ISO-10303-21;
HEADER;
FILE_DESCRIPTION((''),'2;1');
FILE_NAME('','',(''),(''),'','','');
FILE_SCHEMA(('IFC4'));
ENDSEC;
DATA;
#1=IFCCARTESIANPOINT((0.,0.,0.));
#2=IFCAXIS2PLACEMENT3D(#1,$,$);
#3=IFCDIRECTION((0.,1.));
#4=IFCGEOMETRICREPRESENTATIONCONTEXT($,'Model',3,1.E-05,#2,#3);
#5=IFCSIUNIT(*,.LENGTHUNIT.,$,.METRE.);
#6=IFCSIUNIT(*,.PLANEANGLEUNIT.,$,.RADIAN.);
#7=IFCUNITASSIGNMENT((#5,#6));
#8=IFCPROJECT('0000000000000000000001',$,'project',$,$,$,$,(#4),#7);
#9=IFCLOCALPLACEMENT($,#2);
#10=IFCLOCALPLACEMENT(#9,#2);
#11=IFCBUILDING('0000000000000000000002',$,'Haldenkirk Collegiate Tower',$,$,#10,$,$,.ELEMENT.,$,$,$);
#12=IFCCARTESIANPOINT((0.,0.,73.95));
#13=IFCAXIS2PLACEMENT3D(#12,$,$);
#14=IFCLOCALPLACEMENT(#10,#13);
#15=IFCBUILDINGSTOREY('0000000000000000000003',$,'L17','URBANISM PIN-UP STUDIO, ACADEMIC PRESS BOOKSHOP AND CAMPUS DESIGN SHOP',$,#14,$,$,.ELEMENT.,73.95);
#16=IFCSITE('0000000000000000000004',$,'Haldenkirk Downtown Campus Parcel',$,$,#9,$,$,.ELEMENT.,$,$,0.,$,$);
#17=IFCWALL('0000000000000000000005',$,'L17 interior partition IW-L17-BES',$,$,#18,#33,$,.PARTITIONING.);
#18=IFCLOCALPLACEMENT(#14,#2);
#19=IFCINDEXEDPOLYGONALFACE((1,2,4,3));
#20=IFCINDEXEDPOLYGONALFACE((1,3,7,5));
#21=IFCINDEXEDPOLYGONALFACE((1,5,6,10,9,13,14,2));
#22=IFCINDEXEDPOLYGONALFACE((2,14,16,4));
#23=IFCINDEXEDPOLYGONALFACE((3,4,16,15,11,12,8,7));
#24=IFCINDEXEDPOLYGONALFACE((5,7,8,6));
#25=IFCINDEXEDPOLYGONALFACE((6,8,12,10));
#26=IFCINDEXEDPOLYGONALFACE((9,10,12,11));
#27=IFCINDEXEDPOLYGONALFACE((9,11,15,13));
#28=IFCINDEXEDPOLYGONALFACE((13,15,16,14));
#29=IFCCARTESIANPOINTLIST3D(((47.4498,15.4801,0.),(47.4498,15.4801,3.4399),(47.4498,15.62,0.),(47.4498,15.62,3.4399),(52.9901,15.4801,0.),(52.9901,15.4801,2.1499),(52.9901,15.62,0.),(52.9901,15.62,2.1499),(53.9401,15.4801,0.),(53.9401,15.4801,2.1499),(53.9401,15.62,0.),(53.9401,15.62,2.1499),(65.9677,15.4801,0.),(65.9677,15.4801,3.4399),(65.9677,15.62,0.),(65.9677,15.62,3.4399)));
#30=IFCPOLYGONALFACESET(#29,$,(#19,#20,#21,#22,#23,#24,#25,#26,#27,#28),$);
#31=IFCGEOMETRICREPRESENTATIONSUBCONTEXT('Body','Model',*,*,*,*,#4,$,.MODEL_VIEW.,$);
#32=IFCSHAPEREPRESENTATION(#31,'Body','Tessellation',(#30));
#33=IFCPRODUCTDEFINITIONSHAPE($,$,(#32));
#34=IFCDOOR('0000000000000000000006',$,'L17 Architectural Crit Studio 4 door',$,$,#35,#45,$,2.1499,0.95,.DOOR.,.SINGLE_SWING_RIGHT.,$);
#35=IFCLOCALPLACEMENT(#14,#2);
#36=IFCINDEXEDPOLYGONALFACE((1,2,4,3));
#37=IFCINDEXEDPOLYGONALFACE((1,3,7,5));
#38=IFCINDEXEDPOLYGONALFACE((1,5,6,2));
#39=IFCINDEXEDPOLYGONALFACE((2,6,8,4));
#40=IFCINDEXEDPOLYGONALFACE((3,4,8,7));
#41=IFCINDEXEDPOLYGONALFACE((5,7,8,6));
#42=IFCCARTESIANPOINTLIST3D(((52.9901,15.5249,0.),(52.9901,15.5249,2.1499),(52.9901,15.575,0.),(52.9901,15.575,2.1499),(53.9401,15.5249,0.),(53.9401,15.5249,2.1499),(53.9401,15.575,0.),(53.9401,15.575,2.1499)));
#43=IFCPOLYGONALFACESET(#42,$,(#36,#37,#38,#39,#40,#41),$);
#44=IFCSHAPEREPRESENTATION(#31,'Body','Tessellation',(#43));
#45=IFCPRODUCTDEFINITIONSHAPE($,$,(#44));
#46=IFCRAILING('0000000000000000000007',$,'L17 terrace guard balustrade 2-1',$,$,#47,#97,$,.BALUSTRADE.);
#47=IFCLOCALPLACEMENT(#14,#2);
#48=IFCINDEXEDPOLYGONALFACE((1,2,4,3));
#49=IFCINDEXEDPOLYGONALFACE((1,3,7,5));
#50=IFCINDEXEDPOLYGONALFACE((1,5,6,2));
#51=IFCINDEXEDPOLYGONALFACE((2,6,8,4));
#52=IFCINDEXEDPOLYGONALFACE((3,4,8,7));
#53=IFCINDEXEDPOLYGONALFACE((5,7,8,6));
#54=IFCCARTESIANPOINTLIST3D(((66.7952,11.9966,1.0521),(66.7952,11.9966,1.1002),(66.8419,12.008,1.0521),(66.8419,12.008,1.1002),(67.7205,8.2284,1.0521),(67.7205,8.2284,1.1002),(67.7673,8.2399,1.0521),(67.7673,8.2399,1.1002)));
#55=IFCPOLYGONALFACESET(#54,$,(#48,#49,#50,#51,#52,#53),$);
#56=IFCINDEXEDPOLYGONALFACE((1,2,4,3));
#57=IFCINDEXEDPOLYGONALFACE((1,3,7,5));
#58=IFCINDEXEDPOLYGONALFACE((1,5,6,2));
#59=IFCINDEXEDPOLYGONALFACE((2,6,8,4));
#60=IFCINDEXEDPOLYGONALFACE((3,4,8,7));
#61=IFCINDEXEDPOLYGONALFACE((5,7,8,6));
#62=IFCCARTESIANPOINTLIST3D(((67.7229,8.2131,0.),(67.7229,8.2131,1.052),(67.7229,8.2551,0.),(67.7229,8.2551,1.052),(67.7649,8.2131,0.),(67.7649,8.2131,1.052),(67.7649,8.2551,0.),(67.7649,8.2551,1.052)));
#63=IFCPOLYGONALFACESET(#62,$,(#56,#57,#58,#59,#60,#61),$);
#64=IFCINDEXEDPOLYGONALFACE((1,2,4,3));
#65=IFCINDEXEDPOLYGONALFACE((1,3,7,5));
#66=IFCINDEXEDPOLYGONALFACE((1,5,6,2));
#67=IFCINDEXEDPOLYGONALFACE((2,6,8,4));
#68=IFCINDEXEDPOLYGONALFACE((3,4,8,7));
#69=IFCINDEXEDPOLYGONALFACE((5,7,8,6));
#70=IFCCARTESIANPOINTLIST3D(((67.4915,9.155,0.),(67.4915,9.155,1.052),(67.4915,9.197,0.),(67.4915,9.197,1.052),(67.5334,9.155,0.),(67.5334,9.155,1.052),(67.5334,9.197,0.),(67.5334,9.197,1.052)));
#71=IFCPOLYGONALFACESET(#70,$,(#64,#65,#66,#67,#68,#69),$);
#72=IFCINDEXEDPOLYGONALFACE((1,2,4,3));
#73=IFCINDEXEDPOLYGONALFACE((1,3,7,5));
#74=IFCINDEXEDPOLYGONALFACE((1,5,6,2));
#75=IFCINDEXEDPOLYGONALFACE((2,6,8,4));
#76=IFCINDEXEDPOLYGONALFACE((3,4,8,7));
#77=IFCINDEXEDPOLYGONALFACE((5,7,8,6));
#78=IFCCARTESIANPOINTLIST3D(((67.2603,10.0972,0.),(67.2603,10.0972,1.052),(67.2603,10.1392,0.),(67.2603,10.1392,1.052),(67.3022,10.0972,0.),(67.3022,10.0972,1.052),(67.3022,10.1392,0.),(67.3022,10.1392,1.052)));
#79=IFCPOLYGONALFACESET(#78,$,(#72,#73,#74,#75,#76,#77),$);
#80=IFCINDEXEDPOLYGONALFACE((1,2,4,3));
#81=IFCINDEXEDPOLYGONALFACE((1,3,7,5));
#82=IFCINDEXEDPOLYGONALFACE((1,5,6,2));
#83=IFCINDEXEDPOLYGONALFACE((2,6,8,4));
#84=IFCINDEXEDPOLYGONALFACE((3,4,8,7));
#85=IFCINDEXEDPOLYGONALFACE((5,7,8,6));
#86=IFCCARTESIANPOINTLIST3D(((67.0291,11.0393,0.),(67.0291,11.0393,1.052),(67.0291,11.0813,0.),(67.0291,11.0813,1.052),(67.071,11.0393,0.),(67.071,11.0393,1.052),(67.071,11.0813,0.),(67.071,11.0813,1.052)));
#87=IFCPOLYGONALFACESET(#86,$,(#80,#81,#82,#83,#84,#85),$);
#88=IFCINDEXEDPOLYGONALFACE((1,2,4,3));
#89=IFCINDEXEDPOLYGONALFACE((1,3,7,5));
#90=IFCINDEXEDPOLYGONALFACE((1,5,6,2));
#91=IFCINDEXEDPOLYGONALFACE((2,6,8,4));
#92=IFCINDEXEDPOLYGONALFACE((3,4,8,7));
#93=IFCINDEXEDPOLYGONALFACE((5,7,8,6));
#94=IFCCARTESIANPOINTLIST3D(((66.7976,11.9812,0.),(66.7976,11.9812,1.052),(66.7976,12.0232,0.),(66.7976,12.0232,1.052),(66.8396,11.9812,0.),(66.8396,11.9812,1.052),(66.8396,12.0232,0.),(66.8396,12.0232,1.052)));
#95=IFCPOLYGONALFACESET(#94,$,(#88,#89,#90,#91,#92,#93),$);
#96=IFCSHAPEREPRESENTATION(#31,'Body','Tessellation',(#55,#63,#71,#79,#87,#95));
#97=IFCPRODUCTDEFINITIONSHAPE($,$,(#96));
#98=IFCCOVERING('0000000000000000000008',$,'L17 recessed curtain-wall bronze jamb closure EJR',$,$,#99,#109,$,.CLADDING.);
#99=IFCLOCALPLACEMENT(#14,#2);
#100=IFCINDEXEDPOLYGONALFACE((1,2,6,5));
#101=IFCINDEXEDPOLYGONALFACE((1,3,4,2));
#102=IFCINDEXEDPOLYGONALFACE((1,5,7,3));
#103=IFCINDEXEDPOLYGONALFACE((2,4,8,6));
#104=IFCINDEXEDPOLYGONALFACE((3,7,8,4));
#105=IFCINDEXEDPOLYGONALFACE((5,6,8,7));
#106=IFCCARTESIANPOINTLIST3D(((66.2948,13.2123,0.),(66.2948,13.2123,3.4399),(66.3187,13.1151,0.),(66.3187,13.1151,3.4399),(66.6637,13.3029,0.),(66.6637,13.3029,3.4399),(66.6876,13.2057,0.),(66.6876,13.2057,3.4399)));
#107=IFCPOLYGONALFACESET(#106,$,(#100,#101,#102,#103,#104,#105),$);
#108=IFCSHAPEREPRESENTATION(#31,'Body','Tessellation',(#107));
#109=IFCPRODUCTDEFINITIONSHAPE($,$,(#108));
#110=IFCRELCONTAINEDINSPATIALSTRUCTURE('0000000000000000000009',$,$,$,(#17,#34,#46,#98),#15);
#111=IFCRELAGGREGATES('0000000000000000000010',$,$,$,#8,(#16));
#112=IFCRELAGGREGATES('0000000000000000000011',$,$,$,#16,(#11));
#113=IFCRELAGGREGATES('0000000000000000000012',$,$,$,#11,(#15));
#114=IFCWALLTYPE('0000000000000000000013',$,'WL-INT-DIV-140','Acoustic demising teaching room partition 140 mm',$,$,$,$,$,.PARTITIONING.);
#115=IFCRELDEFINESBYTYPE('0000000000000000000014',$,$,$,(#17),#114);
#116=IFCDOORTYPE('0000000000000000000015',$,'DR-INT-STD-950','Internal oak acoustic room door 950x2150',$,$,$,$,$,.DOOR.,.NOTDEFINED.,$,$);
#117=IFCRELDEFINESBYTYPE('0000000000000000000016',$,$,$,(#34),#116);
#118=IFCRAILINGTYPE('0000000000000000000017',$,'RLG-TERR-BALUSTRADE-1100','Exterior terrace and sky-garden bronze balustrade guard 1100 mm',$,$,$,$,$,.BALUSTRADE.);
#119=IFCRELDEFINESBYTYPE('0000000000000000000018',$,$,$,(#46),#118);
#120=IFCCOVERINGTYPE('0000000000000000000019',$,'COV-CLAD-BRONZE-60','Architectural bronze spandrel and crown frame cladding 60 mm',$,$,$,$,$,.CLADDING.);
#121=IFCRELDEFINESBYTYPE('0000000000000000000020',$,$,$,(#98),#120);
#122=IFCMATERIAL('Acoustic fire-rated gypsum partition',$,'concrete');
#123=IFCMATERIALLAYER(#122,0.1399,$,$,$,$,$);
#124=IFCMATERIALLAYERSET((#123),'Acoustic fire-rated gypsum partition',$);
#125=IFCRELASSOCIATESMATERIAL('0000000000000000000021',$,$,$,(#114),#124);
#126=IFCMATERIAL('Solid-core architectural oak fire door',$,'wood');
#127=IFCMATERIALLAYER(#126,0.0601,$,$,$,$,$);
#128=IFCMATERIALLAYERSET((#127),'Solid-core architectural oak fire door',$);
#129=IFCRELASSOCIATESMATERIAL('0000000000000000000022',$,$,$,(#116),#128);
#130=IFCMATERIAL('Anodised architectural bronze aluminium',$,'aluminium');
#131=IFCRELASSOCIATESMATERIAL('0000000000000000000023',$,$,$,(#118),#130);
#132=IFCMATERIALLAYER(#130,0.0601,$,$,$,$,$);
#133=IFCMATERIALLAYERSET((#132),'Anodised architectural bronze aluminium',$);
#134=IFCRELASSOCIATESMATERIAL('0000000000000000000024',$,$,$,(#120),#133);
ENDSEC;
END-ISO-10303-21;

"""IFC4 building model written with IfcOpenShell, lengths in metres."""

from ifc_helpers import new_model, si_unit, direction, frame, frame_2d, origin, origin_2d, place, context, subcontext, project, spatial, rectangle, extrude, source, transform, mapped, material, layer, layer_set, type_object, element, fill, save


model = new_model("IFC4")

# Units and contexts
model_context = context("Model", 3, precision=1e-05, world=origin(), true_north=direction((0.0, 1.0)))
body_context = subcontext(model_context, "Body", "Model", "MODEL_VIEW")
ifc_project = project(units=[si_unit("LENGTHUNIT", "METRE"), si_unit("PLANEANGLEUNIT", "RADIAN")], contexts=[model_context])

# Site, building, storey
site_placement = place(None, origin())
site = spatial("IfcSite", under=ifc_project, at=site_placement, Name="Haldenkirk Downtown Campus Parcel", CompositionType="ELEMENT", RefElevation=0.0)
building_placement = place(site_placement, origin())
building = spatial("IfcBuilding", under=site, at=building_placement, Name="Haldenkirk Collegiate Tower", CompositionType="ELEMENT")
storey_placement = place(building_placement, frame((0.0, 0.0, 73.95)))
storey = spatial("IfcBuildingStorey", under=building, at=storey_placement, Name="L17", Description="URBANISM PIN-UP STUDIO, ACADEMIC PRESS BOOKSHOP AND CAMPUS DESIGN SHOP", CompositionType="ELEMENT", Elevation=73.95)

# Shared definitions
ifc_material_1 = material(Name="Anodised architectural bronze aluminium", Category="aluminium")

# Wall, opening, door
ifc_material_2 = material(Name="Acoustic fire-rated gypsum partition", Category="concrete")
ifc_layer_1 = layer(ifc_material_2, 0.1399)
ifc_layer_set_1 = layer_set([ifc_layer_1], Name="Acoustic fire-rated gypsum partition")
wall_type_1 = type_object("IfcWallType", Name="WL-INT-DIV-140", Description="Acoustic demising teaching room partition 140 mm", PredefinedType="PARTITIONING", material=ifc_layer_set_1)
wall_1_placement = place(storey_placement, frame((47.45, 15.55, 0.0), z_axis=(0.0, 0.0, 1.0), x_axis=(1.0, 0.0, 0.0)))
wall_1 = element("IfcWall", 1, at=wall_1_placement, inside=storey, type_object=wall_type_1, Name="L17 interior partition IW-L17-BES", PredefinedType="PARTITIONING", context=body_context, shape_type="SweptSolid", body=[
    extrude(rectangle(XDim=18.5178, YDim=0.1399, at=frame_2d((9.2588, 0.0))), origin(), (0.0, 0.0, 1.0), 3.4399),
])
opening_1_placement = place(wall_1_placement, frame((5.54, 0.0, 0.0)))
opening_1 = element("IfcOpeningElement", 2, at=opening_1_placement, cuts=wall_1, PredefinedType="OPENING", context=body_context, shape_type="SweptSolid", body=[
    extrude(rectangle(XDim=0.95, YDim=2.1499, at=frame_2d((0.4751, 1.075))), frame((0.0, 0.0798, 0.0), z_axis=(0.0, -1.0, 0.0), x_axis=(1.0, 0.0, 0.0)), (0.0, 0.0, 1.0), 0.1599),
])
ifc_material_3 = material(Name="Solid-core architectural oak fire door", Category="wood")
ifc_layer_2 = layer(ifc_material_3, 0.0601)
ifc_layer_set_2 = layer_set([ifc_layer_2], Name="Solid-core architectural oak fire door")
door_type_1 = type_object("IfcDoorType", Name="DR-INT-STD-950", Description="Internal oak acoustic room door 950x2150", OperationType="NOTDEFINED", PredefinedType="DOOR", material=ifc_layer_set_2)
door_1_placement = place(opening_1_placement, origin())
door_1 = element("IfcDoor", 3, at=door_1_placement, inside=storey, type_object=door_type_1, Name="L17 Architectural Crit Studio 4 door", OperationType="SINGLE_SWING_RIGHT", OverallHeight=2.1499, OverallWidth=0.95, PredefinedType="DOOR", context=body_context, shape_type="SweptSolid", body=[
    extrude(rectangle(XDim=0.95, YDim=2.1499, at=frame_2d((0.4751, 1.075))), frame((0.0, 0.0249, 0.0), z_axis=(0.0, -1.0, 0.0), x_axis=(1.0, 0.0, 0.0)), (0.0, 0.0, 1.0), 0.05),
])
fill(opening_1, door_1)

# Railing
railing_type = type_object("IfcRailingType", Name="RLG-TERR-BALUSTRADE-1100", Description="Exterior terrace and sky-garden bronze balustrade guard 1100 mm", PredefinedType="BALUSTRADE", material=ifc_material_1)
railing_placement = place(storey_placement, frame((67.7439, 8.2341, 0.0)))
element("IfcRailing", 4, at=railing_placement, inside=storey, type_object=railing_type, Name="L17 terrace guard balustrade 2-1", PredefinedType="BALUSTRADE", context=body_context, shape_type="SweptSolid", body=[
    extrude(rectangle(XDim=0.0481, YDim=0.0481, at=origin_2d()), frame((0.0, 0.0, 1.0762), z_axis=(-0.238477, 0.971148, 0.0), x_axis=(-0.971148, -0.238477, 0.0)), (0.0, 0.0, 1.0), 3.8801),
    extrude(rectangle(XDim=0.042, YDim=0.042, at=origin_2d()), origin(), (0.0, 0.0, 1.0), 1.052),
    extrude(rectangle(XDim=0.042, YDim=0.042, at=origin_2d()), frame((-0.2314, 0.9419, 0.0)), (0.0, 0.0, 1.0), 1.052),
    extrude(rectangle(XDim=0.042, YDim=0.042, at=origin_2d()), frame((-0.4626, 1.884, 0.0)), (0.0, 0.0, 1.0), 1.052),
    extrude(rectangle(XDim=0.042, YDim=0.042, at=origin_2d()), frame((-0.6938, 2.8262, 0.0)), (0.0, 0.0, 1.0), 1.052),
    extrude(rectangle(XDim=0.042, YDim=0.042, at=origin_2d()), frame((-0.9253, 3.7681, 0.0)), (0.0, 0.0, 1.0), 1.052),
])

# Covering
ifc_layer_3 = layer(ifc_material_1, 0.0601)
ifc_layer_set_3 = layer_set([ifc_layer_3], Name="Anodised architectural bronze aluminium")
covering_type = type_object("IfcCoveringType", Name="COV-CLAD-BRONZE-60", Description="Architectural bronze spandrel and crown frame cladding 60 mm", PredefinedType="CLADDING", material=ifc_layer_set_3)
shared_shape_1 = source(origin(), body_context, "Body", "SweptSolid", [
    extrude(rectangle(XDim=0.1001, YDim=0.3799, at=origin_2d()), origin(), (0.0, 0.0, 1.0), 3.4399),
])
covering_placement = place(storey_placement, frame((66.4912, 13.209, 0.0), z_axis=(0.0, 0.0, 1.0), x_axis=(0.238533, -0.971134, 0.0)))
element("IfcCovering", 5, at=covering_placement, inside=storey, type_object=covering_type, Name="L17 recessed curtain-wall bronze jamb closure EJR", PredefinedType="CLADDING", context=body_context, shape_type="MappedRepresentation", body=[
    mapped(shared_shape_1, transform((0.0, 0.0, 0.0), x_axis=(1.0, 0.0, 0.0), y_axis=(0.0, 1.0, 0.0), z_axis=(0.0, 0.0, 1.0), scale=1.0)),
])

save(model, "model.ifc")
